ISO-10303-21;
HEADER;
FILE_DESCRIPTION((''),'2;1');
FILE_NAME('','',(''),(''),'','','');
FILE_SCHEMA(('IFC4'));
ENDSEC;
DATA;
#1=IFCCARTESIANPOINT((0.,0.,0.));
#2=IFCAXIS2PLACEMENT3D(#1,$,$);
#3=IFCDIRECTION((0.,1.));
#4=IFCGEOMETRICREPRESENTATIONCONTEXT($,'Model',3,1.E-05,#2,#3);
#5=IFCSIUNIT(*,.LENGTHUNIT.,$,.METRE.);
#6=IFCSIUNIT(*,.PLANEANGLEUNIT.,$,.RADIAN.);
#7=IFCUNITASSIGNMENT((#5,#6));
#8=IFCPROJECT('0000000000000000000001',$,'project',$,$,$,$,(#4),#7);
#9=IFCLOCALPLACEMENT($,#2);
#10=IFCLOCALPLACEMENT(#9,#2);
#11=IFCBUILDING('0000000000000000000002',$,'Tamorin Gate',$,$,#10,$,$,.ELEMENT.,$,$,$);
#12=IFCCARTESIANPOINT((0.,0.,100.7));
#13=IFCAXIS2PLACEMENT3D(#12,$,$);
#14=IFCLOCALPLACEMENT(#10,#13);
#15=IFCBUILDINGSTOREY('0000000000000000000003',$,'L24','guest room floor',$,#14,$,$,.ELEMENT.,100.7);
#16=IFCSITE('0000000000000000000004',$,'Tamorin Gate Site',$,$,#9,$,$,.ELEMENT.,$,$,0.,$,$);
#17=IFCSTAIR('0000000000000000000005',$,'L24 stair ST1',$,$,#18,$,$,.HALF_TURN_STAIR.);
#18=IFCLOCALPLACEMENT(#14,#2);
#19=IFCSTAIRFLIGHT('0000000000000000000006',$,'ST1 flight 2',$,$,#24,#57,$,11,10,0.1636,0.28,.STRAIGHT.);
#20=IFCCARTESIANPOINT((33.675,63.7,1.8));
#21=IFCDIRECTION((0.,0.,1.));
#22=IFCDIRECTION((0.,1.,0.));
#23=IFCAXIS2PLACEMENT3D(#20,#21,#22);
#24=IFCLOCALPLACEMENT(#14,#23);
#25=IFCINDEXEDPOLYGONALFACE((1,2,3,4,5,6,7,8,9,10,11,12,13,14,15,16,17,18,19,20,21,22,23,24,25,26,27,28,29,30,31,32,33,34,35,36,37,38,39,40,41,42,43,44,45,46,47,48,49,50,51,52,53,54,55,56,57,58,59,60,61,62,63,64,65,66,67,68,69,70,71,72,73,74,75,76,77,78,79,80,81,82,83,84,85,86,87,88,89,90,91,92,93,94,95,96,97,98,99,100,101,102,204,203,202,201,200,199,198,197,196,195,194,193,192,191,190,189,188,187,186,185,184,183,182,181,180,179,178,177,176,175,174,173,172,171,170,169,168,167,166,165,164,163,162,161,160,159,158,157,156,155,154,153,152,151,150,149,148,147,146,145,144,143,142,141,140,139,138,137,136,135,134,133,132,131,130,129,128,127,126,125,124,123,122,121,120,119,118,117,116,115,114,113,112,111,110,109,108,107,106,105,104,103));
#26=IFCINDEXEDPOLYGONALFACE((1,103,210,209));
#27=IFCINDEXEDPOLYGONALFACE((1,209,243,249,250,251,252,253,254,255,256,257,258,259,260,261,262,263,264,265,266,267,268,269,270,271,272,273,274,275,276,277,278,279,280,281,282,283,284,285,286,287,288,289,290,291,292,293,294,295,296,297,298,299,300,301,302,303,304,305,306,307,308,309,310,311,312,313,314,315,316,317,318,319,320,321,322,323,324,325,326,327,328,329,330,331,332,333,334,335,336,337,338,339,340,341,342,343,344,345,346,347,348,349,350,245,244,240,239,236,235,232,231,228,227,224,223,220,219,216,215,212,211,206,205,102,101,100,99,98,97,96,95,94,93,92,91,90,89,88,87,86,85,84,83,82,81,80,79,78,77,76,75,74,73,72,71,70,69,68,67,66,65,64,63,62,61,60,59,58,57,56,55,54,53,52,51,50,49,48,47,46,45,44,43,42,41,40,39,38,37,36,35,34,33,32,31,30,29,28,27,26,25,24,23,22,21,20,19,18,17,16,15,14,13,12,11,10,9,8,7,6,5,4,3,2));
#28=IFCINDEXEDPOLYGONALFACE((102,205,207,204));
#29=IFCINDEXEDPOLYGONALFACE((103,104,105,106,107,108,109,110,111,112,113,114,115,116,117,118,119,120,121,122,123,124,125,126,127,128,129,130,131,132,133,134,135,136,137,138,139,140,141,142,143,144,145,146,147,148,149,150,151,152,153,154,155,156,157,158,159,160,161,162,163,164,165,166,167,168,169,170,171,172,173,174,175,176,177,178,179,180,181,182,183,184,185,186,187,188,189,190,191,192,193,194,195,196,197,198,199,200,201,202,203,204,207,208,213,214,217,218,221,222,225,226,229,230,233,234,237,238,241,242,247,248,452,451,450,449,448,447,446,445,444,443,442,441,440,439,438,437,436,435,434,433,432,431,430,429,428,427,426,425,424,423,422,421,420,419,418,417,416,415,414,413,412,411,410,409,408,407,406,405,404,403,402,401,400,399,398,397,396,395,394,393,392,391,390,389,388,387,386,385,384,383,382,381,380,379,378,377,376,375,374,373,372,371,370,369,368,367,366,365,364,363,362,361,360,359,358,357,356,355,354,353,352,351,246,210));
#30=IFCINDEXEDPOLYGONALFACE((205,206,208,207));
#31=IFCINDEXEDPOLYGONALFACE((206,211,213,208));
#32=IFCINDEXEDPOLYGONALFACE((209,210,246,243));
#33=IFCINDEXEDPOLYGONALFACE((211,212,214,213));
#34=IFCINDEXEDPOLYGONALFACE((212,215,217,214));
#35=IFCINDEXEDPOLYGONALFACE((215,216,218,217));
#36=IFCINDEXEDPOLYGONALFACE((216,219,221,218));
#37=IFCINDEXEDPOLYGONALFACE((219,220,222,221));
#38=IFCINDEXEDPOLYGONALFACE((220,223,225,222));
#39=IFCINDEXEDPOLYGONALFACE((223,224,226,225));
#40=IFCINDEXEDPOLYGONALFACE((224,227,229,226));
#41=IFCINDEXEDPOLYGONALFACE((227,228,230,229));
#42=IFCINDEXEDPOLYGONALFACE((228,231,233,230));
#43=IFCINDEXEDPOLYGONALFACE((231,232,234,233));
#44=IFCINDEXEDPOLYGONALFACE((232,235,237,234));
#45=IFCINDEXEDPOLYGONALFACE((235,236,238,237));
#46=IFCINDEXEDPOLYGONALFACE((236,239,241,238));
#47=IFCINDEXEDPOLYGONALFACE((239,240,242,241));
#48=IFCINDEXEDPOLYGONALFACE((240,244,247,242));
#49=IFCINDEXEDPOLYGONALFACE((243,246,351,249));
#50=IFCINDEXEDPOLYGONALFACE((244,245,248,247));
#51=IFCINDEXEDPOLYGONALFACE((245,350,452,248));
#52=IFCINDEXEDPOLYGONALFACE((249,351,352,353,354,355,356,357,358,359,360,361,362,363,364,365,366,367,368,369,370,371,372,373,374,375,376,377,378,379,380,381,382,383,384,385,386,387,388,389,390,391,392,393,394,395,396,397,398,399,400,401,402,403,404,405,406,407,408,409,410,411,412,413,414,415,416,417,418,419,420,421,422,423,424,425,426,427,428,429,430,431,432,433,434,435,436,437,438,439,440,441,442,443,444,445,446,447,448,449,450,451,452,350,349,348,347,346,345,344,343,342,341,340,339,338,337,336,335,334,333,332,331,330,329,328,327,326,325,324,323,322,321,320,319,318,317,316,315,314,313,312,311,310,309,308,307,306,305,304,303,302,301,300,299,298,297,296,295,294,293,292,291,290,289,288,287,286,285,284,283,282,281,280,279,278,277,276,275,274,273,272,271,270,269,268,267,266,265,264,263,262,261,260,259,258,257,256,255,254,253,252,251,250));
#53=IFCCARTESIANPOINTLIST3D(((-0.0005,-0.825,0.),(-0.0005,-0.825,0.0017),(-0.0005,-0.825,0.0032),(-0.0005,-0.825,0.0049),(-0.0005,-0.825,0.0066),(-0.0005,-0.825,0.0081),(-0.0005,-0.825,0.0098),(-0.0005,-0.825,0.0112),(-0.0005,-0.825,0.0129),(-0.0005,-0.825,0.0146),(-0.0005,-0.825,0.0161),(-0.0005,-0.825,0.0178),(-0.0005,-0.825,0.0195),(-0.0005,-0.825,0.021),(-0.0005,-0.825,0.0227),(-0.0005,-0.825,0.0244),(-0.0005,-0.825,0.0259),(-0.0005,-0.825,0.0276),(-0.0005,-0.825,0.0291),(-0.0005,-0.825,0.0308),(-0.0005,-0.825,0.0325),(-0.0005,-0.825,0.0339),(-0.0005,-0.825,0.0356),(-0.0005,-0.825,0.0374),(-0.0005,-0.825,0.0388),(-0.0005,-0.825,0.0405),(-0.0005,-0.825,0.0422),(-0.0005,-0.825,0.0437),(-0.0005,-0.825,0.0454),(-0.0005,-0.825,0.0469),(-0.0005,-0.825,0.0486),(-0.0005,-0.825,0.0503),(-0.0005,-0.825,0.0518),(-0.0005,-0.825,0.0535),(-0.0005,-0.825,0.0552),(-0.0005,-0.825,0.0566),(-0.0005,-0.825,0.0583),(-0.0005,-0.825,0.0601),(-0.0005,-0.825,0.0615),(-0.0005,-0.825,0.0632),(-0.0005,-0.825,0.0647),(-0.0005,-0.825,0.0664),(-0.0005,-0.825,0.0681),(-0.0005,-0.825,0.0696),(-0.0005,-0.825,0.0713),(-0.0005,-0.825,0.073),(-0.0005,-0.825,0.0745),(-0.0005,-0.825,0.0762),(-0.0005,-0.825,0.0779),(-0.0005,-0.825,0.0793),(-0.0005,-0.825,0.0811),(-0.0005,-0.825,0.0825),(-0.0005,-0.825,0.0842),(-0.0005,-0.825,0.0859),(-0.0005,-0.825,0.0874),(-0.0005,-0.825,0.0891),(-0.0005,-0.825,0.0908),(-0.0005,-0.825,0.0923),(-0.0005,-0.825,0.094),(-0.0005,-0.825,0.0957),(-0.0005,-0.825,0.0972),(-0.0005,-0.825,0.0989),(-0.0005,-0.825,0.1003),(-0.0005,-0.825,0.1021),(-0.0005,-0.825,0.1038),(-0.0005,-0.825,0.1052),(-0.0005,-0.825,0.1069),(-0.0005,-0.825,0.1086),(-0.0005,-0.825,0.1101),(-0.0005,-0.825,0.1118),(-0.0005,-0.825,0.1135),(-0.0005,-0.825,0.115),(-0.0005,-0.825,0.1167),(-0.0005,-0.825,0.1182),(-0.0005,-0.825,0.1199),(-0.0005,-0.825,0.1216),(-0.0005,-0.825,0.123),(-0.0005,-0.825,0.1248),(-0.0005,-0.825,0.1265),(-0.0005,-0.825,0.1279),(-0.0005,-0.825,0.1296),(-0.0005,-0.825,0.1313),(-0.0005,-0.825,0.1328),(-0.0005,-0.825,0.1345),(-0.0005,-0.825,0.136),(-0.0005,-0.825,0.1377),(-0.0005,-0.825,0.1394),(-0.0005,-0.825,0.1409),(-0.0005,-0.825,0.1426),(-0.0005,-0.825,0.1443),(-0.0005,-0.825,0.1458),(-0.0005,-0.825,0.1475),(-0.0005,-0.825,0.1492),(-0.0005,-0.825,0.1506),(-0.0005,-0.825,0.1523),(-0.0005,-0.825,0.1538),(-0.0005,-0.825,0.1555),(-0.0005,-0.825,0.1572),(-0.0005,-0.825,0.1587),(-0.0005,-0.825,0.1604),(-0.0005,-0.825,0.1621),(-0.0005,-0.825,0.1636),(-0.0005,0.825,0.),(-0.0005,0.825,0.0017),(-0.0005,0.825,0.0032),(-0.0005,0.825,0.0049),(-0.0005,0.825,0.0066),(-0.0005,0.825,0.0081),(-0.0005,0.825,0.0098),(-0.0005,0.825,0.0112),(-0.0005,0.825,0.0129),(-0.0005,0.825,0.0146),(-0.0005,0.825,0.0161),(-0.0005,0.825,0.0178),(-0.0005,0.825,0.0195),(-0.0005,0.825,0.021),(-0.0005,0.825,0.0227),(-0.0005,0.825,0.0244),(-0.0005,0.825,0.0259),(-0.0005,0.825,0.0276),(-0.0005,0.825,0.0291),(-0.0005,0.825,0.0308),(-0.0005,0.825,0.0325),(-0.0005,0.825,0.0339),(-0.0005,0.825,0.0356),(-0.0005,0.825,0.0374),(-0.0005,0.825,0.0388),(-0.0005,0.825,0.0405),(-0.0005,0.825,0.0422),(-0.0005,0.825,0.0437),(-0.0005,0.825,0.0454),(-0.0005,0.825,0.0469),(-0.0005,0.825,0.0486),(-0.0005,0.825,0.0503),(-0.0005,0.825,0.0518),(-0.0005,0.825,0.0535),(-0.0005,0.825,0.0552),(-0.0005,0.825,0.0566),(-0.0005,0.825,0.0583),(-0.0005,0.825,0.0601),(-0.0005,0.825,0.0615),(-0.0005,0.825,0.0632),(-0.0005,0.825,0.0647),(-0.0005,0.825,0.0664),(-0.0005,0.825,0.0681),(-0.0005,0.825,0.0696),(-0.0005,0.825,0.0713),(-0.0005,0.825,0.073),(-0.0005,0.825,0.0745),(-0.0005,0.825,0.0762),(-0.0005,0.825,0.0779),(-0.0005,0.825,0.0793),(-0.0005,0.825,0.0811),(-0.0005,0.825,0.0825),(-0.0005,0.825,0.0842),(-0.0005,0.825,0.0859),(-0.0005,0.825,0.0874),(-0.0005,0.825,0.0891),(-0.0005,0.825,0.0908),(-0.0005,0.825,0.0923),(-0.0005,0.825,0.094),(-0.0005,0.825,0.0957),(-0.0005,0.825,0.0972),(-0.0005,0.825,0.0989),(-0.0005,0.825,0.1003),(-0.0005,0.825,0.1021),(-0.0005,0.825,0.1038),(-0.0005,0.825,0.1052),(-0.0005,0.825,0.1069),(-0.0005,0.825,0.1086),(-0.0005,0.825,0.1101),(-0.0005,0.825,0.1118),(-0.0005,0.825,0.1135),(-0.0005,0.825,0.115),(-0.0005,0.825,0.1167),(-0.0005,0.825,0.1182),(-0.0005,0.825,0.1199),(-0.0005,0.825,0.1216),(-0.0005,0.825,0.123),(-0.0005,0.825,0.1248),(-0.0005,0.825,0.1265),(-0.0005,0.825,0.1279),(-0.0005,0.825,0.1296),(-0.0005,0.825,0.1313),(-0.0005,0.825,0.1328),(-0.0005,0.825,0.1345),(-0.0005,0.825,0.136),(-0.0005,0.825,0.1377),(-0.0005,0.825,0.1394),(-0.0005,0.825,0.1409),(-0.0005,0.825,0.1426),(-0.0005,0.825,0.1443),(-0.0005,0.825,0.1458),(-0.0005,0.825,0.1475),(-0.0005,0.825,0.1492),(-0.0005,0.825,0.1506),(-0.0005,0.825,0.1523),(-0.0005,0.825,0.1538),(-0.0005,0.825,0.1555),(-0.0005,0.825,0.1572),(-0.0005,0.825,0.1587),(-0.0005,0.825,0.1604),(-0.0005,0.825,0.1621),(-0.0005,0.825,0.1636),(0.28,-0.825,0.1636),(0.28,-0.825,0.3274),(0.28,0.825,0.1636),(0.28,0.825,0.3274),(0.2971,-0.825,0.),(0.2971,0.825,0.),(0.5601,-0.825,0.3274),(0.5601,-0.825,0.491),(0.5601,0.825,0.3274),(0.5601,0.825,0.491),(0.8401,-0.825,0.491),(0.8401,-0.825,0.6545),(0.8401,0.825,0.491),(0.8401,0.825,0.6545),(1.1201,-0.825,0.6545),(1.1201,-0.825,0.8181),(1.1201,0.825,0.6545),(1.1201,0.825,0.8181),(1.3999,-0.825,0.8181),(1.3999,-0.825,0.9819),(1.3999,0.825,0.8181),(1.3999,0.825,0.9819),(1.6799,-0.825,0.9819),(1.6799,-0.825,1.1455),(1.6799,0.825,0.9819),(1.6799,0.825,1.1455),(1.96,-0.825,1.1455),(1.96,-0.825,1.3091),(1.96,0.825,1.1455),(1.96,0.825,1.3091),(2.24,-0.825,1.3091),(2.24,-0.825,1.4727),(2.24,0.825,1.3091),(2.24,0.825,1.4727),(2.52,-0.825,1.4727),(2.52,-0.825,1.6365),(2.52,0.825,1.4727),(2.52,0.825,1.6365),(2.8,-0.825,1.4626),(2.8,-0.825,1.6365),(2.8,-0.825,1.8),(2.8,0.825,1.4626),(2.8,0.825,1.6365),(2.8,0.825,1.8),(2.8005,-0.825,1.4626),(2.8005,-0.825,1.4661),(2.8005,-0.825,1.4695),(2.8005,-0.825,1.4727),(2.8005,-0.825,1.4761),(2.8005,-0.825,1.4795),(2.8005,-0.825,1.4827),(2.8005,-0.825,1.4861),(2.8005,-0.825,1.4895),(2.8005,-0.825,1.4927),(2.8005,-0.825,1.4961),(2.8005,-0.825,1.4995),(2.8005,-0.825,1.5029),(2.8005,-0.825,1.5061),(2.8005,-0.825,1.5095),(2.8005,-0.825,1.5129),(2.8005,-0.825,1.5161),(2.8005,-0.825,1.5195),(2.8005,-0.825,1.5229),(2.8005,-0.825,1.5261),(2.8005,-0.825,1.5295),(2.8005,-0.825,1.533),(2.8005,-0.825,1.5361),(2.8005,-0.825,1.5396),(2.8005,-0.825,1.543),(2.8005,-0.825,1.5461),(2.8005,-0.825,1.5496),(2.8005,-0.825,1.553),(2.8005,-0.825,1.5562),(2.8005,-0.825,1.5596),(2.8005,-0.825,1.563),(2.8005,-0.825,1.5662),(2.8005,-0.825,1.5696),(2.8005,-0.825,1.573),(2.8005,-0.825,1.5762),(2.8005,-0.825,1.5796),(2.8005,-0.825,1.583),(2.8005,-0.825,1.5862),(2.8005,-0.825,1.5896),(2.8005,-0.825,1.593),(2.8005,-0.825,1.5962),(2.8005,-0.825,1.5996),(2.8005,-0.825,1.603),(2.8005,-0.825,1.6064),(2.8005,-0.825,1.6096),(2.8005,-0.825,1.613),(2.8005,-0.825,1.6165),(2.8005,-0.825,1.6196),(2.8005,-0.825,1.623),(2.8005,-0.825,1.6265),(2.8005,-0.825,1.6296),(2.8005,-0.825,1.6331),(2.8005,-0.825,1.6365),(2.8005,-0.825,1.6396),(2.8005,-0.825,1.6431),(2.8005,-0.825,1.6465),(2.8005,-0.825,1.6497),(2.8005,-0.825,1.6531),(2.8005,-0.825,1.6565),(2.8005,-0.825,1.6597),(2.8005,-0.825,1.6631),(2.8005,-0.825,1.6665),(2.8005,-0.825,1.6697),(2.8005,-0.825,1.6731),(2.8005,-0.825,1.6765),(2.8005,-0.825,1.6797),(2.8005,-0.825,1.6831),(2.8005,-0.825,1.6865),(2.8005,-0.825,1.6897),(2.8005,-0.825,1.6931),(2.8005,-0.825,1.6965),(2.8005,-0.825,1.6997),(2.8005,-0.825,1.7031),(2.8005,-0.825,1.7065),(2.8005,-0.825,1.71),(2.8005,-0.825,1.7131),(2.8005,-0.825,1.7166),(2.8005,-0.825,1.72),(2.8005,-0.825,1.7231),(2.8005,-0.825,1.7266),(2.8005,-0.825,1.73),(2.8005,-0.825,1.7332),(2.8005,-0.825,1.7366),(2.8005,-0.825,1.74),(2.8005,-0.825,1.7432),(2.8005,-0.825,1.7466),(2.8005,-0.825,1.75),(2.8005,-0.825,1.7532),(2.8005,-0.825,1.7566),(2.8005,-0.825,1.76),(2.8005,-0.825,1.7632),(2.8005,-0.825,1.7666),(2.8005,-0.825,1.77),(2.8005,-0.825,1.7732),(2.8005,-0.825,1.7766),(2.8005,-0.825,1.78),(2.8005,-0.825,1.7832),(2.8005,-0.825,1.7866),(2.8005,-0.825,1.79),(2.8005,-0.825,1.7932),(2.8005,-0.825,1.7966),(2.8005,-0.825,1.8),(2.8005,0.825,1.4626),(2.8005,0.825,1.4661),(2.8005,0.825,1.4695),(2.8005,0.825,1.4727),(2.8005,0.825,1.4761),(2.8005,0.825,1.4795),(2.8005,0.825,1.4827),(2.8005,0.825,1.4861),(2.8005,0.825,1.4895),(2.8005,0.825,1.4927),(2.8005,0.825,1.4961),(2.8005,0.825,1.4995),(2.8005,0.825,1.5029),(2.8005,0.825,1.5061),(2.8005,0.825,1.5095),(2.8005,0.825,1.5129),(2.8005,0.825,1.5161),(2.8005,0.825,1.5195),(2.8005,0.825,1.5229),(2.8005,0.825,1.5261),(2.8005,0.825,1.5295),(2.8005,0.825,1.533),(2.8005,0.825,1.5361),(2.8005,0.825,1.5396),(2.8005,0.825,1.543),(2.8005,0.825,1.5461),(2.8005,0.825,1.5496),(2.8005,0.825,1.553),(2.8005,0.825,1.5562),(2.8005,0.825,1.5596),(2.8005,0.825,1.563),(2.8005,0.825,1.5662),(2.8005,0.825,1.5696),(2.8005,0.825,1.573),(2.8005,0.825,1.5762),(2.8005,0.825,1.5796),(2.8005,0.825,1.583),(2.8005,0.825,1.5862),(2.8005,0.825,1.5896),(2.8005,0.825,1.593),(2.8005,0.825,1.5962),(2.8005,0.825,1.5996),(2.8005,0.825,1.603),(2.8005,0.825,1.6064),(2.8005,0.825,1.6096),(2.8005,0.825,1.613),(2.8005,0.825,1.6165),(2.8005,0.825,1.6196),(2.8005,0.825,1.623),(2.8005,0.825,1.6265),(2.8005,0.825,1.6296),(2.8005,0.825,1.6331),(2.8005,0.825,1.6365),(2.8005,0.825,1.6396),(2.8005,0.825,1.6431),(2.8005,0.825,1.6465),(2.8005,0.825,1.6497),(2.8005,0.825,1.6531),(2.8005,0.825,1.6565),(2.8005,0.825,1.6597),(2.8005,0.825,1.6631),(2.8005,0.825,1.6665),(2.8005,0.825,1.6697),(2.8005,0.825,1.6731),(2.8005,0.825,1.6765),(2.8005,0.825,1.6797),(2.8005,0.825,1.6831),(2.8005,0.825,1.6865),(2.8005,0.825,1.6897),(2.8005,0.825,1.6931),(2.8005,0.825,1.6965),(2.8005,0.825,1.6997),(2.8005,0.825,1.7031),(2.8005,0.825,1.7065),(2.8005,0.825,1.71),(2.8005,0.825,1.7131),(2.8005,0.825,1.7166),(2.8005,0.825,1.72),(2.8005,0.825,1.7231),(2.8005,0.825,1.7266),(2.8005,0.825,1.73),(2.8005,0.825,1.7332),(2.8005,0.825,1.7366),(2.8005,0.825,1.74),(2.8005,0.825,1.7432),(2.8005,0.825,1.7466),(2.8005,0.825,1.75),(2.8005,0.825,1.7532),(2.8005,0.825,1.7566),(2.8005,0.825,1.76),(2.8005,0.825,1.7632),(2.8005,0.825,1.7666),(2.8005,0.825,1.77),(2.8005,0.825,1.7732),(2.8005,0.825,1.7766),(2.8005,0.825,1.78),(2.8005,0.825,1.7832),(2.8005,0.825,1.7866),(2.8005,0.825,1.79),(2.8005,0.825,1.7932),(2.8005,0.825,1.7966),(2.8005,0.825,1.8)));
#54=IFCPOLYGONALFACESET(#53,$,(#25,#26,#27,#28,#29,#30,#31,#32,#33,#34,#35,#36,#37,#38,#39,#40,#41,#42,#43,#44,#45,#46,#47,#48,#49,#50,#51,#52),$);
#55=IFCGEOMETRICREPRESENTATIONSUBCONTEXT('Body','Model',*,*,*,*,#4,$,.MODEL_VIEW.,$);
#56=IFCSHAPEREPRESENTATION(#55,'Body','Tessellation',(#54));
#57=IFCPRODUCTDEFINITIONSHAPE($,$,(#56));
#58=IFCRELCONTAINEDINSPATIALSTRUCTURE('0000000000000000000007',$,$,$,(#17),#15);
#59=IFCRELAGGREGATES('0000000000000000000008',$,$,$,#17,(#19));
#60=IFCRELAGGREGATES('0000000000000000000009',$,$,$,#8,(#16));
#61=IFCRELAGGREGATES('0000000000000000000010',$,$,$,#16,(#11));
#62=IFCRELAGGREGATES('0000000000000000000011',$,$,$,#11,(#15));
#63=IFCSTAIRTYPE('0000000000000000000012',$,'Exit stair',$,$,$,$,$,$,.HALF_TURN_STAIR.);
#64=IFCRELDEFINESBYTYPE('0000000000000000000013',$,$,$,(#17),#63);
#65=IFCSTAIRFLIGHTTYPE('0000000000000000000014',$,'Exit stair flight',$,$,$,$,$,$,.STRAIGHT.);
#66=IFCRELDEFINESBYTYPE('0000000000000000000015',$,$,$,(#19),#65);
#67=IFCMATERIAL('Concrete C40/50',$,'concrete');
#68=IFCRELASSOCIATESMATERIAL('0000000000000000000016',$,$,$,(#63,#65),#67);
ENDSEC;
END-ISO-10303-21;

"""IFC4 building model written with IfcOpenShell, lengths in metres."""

from ifc_helpers import new_model, si_unit, direction, frame, origin, place, context, subcontext, project, spatial, polyline, outline, extrude, material, type_object, element, aggregate, save


model = new_model("IFC4")

# Units and contexts
model_context = context("Model", 3, precision=1e-05, world=origin(), true_north=direction((0.0, 1.0)))
body_context = subcontext(model_context, "Body", "Model", "MODEL_VIEW")
ifc_project = project(units=[si_unit("LENGTHUNIT", "METRE"), si_unit("PLANEANGLEUNIT", "RADIAN")], contexts=[model_context])

# Site, building, storey
site_placement = place(None, origin())
site = spatial("IfcSite", under=ifc_project, at=site_placement, Name="Tamorin Gate Site", CompositionType="ELEMENT", RefElevation=0.0)
building_placement = place(site_placement, origin())
building = spatial("IfcBuilding", under=site, at=building_placement, Name="Tamorin Gate", CompositionType="ELEMENT")
storey_placement = place(building_placement, frame((0.0, 0.0, 100.7)))
storey = spatial("IfcBuildingStorey", under=building, at=storey_placement, Name="L24", Description="guest room floor", CompositionType="ELEMENT", Elevation=100.7)

# Shared definitions
ifc_material_1 = material(Name="Concrete C40/50", Category="concrete")

# Stair, stair flight
stair_type = type_object("IfcStairType", Name="Exit stair", PredefinedType="HALF_TURN_STAIR", material=ifc_material_1)
stair_placement = place(storey_placement, origin())
stair = element("IfcStair", 1, at=stair_placement, inside=storey, type_object=stair_type, Name="L24 stair ST1", PredefinedType="HALF_TURN_STAIR")
stair_flight_type = type_object("IfcStairFlightType", Name="Exit stair flight", PredefinedType="STRAIGHT", material=ifc_material_1)
stair_flight_1_placement = place(storey_placement, frame((33.675, 63.7, 1.8), z_axis=(0.0, 0.0, 1.0), x_axis=(0.0, 1.0, 0.0)))
stair_flight_1 = element("IfcStairFlight", 2, at=stair_flight_1_placement, type_object=stair_flight_type, Name="ST1 flight 2", NumberOfRisers=11, NumberOfTreads=10, PredefinedType="STRAIGHT", RiserHeight=0.1636, TreadLength=0.28, context=body_context, shape_type="SweptSolid", body=[
    extrude(outline(polyline([(-0.0005, 0.0), (-0.0005, 0.0017), (-0.0005, 0.0032), (-0.0005, 0.0049), (-0.0005, 0.0066), (-0.0005, 0.0081), (-0.0005, 0.0098), (-0.0005, 0.0112), (-0.0005, 0.0129), (-0.0005, 0.0146), (-0.0005, 0.0161), (-0.0005, 0.0178), (-0.0005, 0.0195), (-0.0005, 0.021), (-0.0005, 0.0227), (-0.0005, 0.0244), (-0.0005, 0.0259), (-0.0005, 0.0276), (-0.0005, 0.0291), (-0.0005, 0.0308), (-0.0005, 0.0325), (-0.0005, 0.0339), (-0.0005, 0.0356), (-0.0005, 0.0374), (-0.0005, 0.0388), (-0.0005, 0.0405), (-0.0005, 0.0422), (-0.0005, 0.0437), (-0.0005, 0.0454), (-0.0005, 0.0469), (-0.0005, 0.0486), (-0.0005, 0.0503), (-0.0005, 0.0518), (-0.0005, 0.0535), (-0.0005, 0.0552), (-0.0005, 0.0566), (-0.0005, 0.0583), (-0.0005, 0.0601), (-0.0005, 0.0615), (-0.0005, 0.0632), (-0.0005, 0.0647), (-0.0005, 0.0664), (-0.0005, 0.0681), (-0.0005, 0.0696), (-0.0005, 0.0713), (-0.0005, 0.073), (-0.0005, 0.0745), (-0.0005, 0.0762), (-0.0005, 0.0779), (-0.0005, 0.0793), (-0.0005, 0.0811), (-0.0005, 0.0825), (-0.0005, 0.0842), (-0.0005, 0.0859), (-0.0005, 0.0874), (-0.0005, 0.0891), (-0.0005, 0.0908), (-0.0005, 0.0923), (-0.0005, 0.094), (-0.0005, 0.0957), (-0.0005, 0.0972), (-0.0005, 0.0989), (-0.0005, 0.1003), (-0.0005, 0.1021), (-0.0005, 0.1038), (-0.0005, 0.1052), (-0.0005, 0.1069), (-0.0005, 0.1086), (-0.0005, 0.1101), (-0.0005, 0.1118), (-0.0005, 0.1135), (-0.0005, 0.115), (-0.0005, 0.1167), (-0.0005, 0.1182), (-0.0005, 0.1199), (-0.0005, 0.1216), (-0.0005, 0.123), (-0.0005, 0.1248), (-0.0005, 0.1265), (-0.0005, 0.1279), (-0.0005, 0.1296), (-0.0005, 0.1313), (-0.0005, 0.1328), (-0.0005, 0.1345), (-0.0005, 0.136), (-0.0005, 0.1377), (-0.0005, 0.1394), (-0.0005, 0.1409), (-0.0005, 0.1426), (-0.0005, 0.1443), (-0.0005, 0.1458), (-0.0005, 0.1475), (-0.0005, 0.1492), (-0.0005, 0.1506), (-0.0005, 0.1523), (-0.0005, 0.1538), (-0.0005, 0.1555), (-0.0005, 0.1572), (-0.0005, 0.1587), (-0.0005, 0.1604), (-0.0005, 0.1621), (-0.0005, 0.1636), (0.28, 0.1636), (0.28, 0.3274), (0.5601, 0.3274), (0.5601, 0.491), (0.8401, 0.491), (0.8401, 0.6545), (1.1201, 0.6545), (1.1201, 0.8181), (1.3999, 0.8181), (1.3999, 0.9819), (1.6799, 0.9819), (1.6799, 1.1455), (1.96, 1.1455), (1.96, 1.3091), (2.24, 1.3091), (2.24, 1.4727), (2.52, 1.4727), (2.52, 1.6365), (2.8, 1.6365), (2.8, 1.8), (2.8005, 1.8), (2.8005, 1.7966), (2.8005, 1.7932), (2.8005, 1.79), (2.8005, 1.7866), (2.8005, 1.7832), (2.8005, 1.78), (2.8005, 1.7766), (2.8005, 1.7732), (2.8005, 1.77), (2.8005, 1.7666), (2.8005, 1.7632), (2.8005, 1.76), (2.8005, 1.7566), (2.8005, 1.7532), (2.8005, 1.75), (2.8005, 1.7466), (2.8005, 1.7432), (2.8005, 1.74), (2.8005, 1.7366), (2.8005, 1.7332), (2.8005, 1.73), (2.8005, 1.7266), (2.8005, 1.7231), (2.8005, 1.72), (2.8005, 1.7166), (2.8005, 1.7131), (2.8005, 1.71), (2.8005, 1.7065), (2.8005, 1.7031), (2.8005, 1.6997), (2.8005, 1.6965), (2.8005, 1.6931), (2.8005, 1.6897), (2.8005, 1.6865), (2.8005, 1.6831), (2.8005, 1.6797), (2.8005, 1.6765), (2.8005, 1.6731), (2.8005, 1.6697), (2.8005, 1.6665), (2.8005, 1.6631), (2.8005, 1.6597), (2.8005, 1.6565), (2.8005, 1.6531), (2.8005, 1.6497), (2.8005, 1.6465), (2.8005, 1.6431), (2.8005, 1.6396), (2.8005, 1.6365), (2.8005, 1.6331), (2.8005, 1.6296), (2.8005, 1.6265), (2.8005, 1.623), (2.8005, 1.6196), (2.8005, 1.6165), (2.8005, 1.613), (2.8005, 1.6096), (2.8005, 1.6064), (2.8005, 1.603), (2.8005, 1.5996), (2.8005, 1.5962), (2.8005, 1.593), (2.8005, 1.5896), (2.8005, 1.5862), (2.8005, 1.583), (2.8005, 1.5796), (2.8005, 1.5762), (2.8005, 1.573), (2.8005, 1.5696), (2.8005, 1.5662), (2.8005, 1.563), (2.8005, 1.5596), (2.8005, 1.5562), (2.8005, 1.553), (2.8005, 1.5496), (2.8005, 1.5461), (2.8005, 1.543), (2.8005, 1.5396), (2.8005, 1.5361), (2.8005, 1.533), (2.8005, 1.5295), (2.8005, 1.5261), (2.8005, 1.5229), (2.8005, 1.5195), (2.8005, 1.5161), (2.8005, 1.5129), (2.8005, 1.5095), (2.8005, 1.5061), (2.8005, 1.5029), (2.8005, 1.4995), (2.8005, 1.4961), (2.8005, 1.4927), (2.8005, 1.4895), (2.8005, 1.4861), (2.8005, 1.4827), (2.8005, 1.4795), (2.8005, 1.4761), (2.8005, 1.4727), (2.8005, 1.4695), (2.8005, 1.4661), (2.8005, 1.4626), (2.8, 1.4626), (0.2971, 0.0), (-0.0005, 0.0)])), frame((0.0, 0.825, 0.0), z_axis=(0.0, -1.0, 0.0), x_axis=(1.0, 0.0, 0.0)), (0.0, 0.0, 1.0), 1.6499),
])
aggregate(stair, [stair_flight_1])

save(model, "model.ifc")
